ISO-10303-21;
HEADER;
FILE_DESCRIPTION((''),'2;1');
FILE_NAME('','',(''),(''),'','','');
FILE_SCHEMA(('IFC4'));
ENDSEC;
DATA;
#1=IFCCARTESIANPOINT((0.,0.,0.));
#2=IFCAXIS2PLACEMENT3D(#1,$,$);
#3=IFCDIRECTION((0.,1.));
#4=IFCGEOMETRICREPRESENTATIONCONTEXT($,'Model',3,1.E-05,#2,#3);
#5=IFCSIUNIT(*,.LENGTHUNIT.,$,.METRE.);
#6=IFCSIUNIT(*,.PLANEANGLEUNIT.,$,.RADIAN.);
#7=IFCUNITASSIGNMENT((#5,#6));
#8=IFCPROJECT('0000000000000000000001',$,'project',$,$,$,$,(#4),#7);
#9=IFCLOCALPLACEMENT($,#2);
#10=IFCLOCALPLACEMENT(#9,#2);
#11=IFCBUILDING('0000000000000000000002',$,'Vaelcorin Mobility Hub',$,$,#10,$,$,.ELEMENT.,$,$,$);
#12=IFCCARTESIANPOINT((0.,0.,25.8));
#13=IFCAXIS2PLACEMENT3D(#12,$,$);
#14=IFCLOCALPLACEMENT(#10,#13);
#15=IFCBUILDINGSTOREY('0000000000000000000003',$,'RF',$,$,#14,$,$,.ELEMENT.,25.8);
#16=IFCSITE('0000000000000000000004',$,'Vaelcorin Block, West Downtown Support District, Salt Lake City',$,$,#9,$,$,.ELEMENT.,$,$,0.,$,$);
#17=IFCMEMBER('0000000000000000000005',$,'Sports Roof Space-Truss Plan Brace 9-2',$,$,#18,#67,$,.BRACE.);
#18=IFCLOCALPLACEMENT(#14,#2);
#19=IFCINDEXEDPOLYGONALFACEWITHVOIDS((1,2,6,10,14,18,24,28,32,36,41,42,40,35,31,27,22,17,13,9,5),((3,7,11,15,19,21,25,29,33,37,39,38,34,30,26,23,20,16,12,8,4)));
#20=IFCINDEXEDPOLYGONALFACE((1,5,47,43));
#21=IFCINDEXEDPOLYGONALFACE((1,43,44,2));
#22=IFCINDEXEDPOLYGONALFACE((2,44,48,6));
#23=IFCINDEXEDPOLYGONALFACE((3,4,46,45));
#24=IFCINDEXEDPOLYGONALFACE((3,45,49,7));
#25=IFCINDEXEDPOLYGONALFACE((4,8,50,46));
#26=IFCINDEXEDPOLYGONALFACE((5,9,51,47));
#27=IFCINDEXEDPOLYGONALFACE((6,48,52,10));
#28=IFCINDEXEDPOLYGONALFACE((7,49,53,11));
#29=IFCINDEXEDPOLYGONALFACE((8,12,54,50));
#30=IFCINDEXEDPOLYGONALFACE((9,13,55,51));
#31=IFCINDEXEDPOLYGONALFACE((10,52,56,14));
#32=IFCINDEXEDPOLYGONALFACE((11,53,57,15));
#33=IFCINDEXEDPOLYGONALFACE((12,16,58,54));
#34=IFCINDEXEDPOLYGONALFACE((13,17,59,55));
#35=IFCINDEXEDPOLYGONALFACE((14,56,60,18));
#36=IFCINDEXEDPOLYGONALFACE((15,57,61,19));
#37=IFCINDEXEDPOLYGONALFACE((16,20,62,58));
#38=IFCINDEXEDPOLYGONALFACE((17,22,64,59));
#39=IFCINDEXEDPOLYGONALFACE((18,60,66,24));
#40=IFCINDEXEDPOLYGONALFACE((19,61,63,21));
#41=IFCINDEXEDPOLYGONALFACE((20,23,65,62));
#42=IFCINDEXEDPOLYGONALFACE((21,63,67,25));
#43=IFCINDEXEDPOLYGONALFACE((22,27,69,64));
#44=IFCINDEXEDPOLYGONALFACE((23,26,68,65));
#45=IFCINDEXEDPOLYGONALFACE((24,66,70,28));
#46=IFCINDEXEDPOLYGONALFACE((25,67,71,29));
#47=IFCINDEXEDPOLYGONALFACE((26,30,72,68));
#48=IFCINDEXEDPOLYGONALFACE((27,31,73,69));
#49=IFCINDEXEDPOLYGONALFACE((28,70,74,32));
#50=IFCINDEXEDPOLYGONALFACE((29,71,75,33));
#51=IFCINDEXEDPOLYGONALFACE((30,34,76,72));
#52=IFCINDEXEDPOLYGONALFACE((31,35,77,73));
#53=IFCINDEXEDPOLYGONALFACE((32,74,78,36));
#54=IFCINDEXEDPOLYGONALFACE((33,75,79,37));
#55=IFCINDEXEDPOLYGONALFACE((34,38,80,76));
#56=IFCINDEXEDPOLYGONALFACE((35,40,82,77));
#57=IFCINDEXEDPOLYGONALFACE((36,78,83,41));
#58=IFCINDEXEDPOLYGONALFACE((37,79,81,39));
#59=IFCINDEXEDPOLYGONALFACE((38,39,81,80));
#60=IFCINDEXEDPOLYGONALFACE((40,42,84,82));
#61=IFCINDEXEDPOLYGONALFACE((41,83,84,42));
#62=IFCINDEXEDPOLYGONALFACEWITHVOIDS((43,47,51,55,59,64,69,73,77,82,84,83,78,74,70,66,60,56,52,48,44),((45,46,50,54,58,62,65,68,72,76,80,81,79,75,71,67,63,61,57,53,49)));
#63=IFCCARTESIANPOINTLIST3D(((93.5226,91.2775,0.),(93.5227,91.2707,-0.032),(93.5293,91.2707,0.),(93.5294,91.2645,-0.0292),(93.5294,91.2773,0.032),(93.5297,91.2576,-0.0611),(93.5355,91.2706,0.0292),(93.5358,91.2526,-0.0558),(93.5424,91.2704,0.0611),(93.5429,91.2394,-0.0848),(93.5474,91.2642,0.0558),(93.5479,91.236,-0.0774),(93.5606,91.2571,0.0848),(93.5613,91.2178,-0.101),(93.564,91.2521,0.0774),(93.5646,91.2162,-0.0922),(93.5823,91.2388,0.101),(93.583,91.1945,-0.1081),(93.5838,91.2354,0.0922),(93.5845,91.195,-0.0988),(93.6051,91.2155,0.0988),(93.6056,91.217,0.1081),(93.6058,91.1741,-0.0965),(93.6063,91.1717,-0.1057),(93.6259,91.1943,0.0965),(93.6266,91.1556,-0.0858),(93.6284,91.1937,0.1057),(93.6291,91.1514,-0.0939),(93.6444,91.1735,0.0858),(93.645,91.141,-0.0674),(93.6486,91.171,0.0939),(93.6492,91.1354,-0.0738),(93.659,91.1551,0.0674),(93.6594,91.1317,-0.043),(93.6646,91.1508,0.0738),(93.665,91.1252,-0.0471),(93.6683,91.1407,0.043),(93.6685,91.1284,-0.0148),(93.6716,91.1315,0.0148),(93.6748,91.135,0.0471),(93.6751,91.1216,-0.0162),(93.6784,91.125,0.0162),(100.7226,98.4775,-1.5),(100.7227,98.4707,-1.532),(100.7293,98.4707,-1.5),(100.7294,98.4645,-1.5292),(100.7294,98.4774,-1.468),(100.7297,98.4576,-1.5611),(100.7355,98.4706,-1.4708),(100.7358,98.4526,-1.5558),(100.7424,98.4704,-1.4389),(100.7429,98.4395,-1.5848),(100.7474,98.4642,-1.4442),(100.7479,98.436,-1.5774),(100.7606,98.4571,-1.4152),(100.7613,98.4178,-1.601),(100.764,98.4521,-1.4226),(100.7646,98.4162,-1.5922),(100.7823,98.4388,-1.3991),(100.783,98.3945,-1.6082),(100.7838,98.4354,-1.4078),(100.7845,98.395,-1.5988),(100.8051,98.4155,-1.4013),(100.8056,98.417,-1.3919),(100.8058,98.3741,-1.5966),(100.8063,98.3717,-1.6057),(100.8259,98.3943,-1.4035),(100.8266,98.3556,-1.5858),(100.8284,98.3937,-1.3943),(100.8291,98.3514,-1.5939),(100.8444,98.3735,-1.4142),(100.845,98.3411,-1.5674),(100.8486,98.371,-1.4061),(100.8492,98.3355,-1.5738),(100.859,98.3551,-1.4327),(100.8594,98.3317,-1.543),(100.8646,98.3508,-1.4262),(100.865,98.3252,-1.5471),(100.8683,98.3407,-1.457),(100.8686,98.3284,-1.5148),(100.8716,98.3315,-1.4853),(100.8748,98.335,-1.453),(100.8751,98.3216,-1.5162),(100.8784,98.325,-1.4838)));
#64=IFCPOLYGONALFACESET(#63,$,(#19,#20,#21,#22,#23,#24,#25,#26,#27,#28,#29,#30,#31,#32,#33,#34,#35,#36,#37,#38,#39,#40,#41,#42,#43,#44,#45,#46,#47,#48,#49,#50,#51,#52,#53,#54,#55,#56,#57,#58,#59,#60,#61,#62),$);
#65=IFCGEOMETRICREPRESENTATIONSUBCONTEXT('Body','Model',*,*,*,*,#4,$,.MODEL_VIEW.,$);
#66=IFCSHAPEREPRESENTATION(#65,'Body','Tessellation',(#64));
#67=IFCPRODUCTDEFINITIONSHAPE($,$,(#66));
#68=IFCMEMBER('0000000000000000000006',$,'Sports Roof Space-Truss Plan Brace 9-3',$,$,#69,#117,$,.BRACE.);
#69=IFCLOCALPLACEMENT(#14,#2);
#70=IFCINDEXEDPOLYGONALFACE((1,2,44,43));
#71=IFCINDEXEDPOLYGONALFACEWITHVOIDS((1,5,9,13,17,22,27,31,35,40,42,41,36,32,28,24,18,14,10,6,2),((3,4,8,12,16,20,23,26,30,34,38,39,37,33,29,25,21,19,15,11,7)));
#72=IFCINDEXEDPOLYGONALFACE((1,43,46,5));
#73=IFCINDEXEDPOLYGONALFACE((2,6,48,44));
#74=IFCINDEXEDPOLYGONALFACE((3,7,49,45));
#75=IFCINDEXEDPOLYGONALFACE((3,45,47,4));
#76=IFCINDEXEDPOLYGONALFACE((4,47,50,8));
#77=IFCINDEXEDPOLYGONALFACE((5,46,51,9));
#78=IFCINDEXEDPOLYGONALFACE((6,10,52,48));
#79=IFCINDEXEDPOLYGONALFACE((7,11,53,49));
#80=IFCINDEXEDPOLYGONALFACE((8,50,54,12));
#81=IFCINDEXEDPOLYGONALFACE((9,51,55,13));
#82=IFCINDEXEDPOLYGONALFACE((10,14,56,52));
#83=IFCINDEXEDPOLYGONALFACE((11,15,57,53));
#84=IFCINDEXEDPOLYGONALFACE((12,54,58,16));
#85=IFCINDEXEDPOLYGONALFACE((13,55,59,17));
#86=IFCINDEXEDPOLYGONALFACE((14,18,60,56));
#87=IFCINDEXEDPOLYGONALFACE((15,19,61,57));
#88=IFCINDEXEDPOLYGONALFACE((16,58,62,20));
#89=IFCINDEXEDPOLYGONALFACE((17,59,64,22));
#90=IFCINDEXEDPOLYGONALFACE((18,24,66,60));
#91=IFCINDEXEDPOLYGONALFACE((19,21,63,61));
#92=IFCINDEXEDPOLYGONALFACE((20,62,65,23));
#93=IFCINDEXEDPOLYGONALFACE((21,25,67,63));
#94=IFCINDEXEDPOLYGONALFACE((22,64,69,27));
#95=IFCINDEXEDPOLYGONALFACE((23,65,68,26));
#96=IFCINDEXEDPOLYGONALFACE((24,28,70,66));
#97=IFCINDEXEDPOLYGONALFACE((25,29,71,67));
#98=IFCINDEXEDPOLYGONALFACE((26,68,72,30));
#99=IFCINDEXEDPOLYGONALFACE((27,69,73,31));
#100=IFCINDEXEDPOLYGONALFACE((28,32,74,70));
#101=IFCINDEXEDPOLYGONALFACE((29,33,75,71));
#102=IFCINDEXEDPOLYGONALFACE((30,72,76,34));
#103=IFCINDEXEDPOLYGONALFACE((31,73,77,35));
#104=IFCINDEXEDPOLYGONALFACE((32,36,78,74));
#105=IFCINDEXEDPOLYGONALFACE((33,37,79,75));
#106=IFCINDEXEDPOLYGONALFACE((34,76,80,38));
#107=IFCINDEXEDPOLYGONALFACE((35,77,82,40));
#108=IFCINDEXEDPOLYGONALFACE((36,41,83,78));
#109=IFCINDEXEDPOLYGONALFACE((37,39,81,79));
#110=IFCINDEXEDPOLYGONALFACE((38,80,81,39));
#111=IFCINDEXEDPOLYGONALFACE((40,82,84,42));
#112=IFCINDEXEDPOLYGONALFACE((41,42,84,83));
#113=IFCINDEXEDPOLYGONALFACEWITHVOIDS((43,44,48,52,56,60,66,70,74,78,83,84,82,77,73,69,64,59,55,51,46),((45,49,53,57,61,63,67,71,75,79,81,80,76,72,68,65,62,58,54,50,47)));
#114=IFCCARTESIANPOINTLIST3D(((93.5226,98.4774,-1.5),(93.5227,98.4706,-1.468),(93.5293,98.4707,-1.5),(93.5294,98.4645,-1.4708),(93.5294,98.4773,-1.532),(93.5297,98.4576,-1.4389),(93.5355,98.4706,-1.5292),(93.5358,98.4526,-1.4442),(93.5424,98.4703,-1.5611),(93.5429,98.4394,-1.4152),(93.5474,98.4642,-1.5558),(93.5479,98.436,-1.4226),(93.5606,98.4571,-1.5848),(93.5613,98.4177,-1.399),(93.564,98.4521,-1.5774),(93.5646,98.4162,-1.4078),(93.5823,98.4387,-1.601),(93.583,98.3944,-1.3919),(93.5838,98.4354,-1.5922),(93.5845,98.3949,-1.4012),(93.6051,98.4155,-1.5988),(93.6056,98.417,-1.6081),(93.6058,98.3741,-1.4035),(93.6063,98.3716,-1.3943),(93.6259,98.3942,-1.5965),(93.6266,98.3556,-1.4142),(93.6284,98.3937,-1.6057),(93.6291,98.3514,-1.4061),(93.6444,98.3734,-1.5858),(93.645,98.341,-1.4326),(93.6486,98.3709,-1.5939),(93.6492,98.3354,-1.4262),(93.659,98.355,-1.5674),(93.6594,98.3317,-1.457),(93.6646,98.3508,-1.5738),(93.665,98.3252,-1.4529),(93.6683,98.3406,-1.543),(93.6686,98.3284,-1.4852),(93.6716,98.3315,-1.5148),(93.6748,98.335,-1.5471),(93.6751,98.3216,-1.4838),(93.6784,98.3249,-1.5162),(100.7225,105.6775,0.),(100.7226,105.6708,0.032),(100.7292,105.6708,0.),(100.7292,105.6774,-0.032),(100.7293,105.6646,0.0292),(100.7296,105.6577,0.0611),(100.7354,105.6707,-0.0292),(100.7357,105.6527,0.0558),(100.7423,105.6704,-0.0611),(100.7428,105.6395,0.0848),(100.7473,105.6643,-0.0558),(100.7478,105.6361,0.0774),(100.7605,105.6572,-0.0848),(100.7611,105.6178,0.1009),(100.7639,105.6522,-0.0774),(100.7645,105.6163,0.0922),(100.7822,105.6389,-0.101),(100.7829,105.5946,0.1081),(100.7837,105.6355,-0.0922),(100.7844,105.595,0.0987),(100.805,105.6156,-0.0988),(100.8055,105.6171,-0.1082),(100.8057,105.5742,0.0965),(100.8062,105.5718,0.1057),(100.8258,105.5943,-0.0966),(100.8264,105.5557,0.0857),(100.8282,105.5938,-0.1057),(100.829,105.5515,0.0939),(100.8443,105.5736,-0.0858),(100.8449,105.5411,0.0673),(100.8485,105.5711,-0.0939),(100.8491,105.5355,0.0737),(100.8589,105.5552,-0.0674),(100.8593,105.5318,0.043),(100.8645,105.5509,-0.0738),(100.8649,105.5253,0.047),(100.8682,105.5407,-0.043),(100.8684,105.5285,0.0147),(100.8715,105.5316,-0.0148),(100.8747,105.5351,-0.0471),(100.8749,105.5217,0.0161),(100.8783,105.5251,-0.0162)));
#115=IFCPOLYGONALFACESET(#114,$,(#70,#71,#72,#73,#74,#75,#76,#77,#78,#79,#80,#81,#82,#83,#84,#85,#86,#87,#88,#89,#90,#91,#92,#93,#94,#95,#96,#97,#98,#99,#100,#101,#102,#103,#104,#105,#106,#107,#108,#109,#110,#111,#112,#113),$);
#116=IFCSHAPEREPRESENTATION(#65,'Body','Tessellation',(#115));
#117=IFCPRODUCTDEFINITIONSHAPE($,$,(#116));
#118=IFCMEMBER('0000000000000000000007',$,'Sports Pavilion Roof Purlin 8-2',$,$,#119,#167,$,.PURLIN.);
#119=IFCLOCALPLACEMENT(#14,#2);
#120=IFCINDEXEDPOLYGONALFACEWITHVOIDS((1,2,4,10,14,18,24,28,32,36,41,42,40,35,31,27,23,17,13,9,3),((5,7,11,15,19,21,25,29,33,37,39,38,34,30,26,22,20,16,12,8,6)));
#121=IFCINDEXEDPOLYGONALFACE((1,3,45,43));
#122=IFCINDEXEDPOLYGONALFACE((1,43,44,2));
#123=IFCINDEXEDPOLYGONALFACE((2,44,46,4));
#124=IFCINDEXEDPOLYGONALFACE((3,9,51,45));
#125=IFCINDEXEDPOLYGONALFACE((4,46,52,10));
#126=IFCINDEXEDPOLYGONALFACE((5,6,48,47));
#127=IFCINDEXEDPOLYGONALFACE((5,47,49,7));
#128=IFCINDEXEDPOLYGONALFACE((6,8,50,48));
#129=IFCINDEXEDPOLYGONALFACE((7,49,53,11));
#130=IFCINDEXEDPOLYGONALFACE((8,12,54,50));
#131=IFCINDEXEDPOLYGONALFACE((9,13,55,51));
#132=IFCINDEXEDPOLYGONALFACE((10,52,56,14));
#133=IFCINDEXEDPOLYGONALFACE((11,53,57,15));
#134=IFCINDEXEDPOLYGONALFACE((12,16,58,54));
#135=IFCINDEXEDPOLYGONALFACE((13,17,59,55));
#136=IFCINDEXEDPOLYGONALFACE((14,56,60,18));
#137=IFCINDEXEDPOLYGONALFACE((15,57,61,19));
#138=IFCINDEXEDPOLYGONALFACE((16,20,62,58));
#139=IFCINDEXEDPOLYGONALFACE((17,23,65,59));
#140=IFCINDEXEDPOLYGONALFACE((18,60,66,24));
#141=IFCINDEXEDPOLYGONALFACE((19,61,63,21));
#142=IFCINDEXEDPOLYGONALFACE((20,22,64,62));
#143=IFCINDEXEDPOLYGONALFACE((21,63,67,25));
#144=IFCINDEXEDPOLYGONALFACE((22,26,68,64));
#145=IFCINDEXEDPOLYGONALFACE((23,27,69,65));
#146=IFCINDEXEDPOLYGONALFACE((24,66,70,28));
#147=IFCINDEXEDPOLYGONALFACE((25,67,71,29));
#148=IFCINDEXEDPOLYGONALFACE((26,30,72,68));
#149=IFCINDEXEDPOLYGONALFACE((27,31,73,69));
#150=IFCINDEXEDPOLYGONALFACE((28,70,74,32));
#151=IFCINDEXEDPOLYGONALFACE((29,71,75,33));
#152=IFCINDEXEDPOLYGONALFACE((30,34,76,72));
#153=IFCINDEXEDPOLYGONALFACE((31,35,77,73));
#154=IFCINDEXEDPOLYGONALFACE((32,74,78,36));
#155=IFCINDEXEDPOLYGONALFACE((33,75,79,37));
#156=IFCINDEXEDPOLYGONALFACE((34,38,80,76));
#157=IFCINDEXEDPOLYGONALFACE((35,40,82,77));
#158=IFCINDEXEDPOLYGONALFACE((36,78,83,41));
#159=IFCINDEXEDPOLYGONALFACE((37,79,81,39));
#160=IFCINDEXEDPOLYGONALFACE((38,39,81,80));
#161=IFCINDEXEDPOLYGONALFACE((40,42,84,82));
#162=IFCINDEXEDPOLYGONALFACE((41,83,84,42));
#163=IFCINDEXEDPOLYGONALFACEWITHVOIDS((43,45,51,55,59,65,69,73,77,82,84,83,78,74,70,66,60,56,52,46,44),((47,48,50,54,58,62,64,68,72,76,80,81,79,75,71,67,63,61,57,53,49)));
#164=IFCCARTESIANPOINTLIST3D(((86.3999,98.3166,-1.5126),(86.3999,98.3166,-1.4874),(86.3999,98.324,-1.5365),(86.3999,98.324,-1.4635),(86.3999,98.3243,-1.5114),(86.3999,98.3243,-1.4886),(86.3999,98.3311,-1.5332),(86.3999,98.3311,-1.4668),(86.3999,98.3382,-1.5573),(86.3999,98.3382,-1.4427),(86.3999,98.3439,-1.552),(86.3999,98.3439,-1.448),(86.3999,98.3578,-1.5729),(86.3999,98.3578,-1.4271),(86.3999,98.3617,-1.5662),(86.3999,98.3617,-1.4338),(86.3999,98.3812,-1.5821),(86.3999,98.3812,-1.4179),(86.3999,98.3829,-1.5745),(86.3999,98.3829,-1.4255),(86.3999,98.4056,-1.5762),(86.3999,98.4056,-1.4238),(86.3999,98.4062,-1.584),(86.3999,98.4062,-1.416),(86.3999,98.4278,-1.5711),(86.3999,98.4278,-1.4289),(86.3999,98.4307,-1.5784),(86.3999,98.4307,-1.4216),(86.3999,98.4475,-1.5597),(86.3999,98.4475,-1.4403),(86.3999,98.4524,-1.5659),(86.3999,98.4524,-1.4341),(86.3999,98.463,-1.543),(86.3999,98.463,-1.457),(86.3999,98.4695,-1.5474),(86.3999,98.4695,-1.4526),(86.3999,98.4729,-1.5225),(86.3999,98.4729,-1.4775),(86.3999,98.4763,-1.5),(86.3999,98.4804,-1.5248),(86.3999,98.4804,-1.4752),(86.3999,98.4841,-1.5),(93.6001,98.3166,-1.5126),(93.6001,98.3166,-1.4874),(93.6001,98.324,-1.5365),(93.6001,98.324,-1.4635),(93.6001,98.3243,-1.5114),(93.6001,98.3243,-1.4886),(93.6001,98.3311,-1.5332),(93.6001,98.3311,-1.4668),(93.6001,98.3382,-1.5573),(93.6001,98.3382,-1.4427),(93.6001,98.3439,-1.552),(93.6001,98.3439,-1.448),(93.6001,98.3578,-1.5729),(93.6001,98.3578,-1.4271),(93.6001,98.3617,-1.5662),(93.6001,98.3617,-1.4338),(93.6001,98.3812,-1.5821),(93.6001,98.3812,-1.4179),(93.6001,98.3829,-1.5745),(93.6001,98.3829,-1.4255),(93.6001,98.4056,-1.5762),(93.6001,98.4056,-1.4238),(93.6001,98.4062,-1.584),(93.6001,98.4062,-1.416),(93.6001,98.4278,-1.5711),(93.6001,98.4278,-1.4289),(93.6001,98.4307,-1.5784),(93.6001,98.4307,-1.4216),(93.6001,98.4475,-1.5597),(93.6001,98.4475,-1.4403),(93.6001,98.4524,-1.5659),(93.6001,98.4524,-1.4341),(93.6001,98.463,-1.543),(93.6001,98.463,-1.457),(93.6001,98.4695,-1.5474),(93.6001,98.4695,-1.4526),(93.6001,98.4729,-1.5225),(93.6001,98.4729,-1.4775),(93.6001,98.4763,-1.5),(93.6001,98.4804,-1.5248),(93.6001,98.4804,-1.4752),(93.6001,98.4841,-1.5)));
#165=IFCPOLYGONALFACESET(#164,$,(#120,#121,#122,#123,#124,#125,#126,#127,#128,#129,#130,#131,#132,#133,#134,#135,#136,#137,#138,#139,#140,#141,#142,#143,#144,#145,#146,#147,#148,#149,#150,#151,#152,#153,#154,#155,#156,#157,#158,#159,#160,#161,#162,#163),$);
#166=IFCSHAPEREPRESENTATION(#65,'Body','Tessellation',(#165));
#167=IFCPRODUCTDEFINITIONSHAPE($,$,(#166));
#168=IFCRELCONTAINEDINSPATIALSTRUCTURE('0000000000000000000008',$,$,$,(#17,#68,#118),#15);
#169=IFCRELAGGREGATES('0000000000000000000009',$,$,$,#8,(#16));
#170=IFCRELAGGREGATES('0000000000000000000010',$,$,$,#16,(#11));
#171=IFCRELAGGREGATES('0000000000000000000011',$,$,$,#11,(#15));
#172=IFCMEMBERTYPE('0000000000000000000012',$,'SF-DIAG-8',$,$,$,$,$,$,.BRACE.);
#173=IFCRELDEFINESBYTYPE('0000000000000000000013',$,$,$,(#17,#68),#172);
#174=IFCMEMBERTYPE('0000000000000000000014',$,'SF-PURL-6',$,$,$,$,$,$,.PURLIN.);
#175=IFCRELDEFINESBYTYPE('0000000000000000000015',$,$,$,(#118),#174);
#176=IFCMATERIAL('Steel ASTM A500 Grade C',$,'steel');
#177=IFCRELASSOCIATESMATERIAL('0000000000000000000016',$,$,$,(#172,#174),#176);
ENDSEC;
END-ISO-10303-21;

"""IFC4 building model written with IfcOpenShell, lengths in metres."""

from ifc_helpers import new_model, si_unit, direction, frame, origin, origin_2d, place, context, subcontext, project, spatial, hollow_circle, extrude, material, material_profile, profile_set, type_object, element, save


model = new_model("IFC4")

# Units and contexts
model_context = context("Model", 3, precision=1e-05, world=origin(), true_north=direction((0.0, 1.0)))
body_context = subcontext(model_context, "Body", "Model", "MODEL_VIEW")
ifc_project = project(units=[si_unit("LENGTHUNIT", "METRE"), si_unit("PLANEANGLEUNIT", "RADIAN")], contexts=[model_context])

# Site, building, storey
site_placement = place(None, origin())
site = spatial("IfcSite", under=ifc_project, at=site_placement, Name="Vaelcorin Block, West Downtown Support District, Salt Lake City", CompositionType="ELEMENT", RefElevation=0.0)
building_placement = place(site_placement, origin())
building = spatial("IfcBuilding", under=site, at=building_placement, Name="Vaelcorin Mobility Hub", CompositionType="ELEMENT")
storey_placement = place(building_placement, frame((0.0, 0.0, 25.8)))
storey = spatial("IfcBuildingStorey", under=building, at=storey_placement, Name="RF", CompositionType="ELEMENT", Elevation=25.8)

# Members
ifc_material_1 = material(Name="Steel ASTM A500 Grade C", Category="steel")
ifc_material_profile_1 = material_profile(ifc_material_1, hollow_circle(Radius=0.1096, WallThickness=0.0095, at=origin_2d()), Name="HSS8.625X0.375")
ifc_profile_set_1 = profile_set([ifc_material_profile_1], Name="Steel ASTM A500 Grade C")
member_type_1 = type_object("IfcMemberType", Name="SF-DIAG-8", PredefinedType="BRACE", material=ifc_profile_set_1)
for number, where, z_axis, x_axis, name in (
    (1, (93.6001, 91.2, 0.0), (0.699557, 0.699557, -0.145742), (-0.707107, 0.707107, 0.0), "Sports Roof Space-Truss Plan Brace 9-2"),
    (2, (93.6001, 98.3999, -1.5), (0.699545, 0.699569, 0.14574), (-0.707119, 0.707095, 0.0), "Sports Roof Space-Truss Plan Brace 9-3"),
):
    element("IfcMember", number, at=place(storey_placement, frame(where, z_axis=z_axis, x_axis=x_axis)), inside=storey, type_object=member_type_1, Name=name, PredefinedType="BRACE", context=body_context, shape_type="SweptSolid", body=[
        extrude(hollow_circle(Radius=0.1096, WallThickness=0.0095, at=origin_2d()), origin(), (0.0, 0.0, 1.0), 10.2922),
    ])
ifc_material_profile_2 = material_profile(ifc_material_1, hollow_circle(Radius=0.0842, WallThickness=0.0078, at=origin_2d()), Name="HSS6.625X0.312")
ifc_profile_set_2 = profile_set([ifc_material_profile_2], Name="Steel ASTM A500 Grade C")
member_type_2 = type_object("IfcMemberType", Name="SF-PURL-6", PredefinedType="PURLIN", material=ifc_profile_set_2)
member_1_placement = place(storey_placement, frame((86.3999, 98.3999, -1.5), z_axis=(1.0, 0.0, 0.0), x_axis=(0.0, 1.0, 0.0)))
element("IfcMember", 3, at=member_1_placement, inside=storey, type_object=member_type_2, Name="Sports Pavilion Roof Purlin 8-2", PredefinedType="PURLIN", context=body_context, shape_type="SweptSolid", body=[
    extrude(hollow_circle(Radius=0.0842, WallThickness=0.0078, at=origin_2d()), origin(), (0.0, 0.0, 1.0), 7.2002),
])

save(model, "model.ifc")
